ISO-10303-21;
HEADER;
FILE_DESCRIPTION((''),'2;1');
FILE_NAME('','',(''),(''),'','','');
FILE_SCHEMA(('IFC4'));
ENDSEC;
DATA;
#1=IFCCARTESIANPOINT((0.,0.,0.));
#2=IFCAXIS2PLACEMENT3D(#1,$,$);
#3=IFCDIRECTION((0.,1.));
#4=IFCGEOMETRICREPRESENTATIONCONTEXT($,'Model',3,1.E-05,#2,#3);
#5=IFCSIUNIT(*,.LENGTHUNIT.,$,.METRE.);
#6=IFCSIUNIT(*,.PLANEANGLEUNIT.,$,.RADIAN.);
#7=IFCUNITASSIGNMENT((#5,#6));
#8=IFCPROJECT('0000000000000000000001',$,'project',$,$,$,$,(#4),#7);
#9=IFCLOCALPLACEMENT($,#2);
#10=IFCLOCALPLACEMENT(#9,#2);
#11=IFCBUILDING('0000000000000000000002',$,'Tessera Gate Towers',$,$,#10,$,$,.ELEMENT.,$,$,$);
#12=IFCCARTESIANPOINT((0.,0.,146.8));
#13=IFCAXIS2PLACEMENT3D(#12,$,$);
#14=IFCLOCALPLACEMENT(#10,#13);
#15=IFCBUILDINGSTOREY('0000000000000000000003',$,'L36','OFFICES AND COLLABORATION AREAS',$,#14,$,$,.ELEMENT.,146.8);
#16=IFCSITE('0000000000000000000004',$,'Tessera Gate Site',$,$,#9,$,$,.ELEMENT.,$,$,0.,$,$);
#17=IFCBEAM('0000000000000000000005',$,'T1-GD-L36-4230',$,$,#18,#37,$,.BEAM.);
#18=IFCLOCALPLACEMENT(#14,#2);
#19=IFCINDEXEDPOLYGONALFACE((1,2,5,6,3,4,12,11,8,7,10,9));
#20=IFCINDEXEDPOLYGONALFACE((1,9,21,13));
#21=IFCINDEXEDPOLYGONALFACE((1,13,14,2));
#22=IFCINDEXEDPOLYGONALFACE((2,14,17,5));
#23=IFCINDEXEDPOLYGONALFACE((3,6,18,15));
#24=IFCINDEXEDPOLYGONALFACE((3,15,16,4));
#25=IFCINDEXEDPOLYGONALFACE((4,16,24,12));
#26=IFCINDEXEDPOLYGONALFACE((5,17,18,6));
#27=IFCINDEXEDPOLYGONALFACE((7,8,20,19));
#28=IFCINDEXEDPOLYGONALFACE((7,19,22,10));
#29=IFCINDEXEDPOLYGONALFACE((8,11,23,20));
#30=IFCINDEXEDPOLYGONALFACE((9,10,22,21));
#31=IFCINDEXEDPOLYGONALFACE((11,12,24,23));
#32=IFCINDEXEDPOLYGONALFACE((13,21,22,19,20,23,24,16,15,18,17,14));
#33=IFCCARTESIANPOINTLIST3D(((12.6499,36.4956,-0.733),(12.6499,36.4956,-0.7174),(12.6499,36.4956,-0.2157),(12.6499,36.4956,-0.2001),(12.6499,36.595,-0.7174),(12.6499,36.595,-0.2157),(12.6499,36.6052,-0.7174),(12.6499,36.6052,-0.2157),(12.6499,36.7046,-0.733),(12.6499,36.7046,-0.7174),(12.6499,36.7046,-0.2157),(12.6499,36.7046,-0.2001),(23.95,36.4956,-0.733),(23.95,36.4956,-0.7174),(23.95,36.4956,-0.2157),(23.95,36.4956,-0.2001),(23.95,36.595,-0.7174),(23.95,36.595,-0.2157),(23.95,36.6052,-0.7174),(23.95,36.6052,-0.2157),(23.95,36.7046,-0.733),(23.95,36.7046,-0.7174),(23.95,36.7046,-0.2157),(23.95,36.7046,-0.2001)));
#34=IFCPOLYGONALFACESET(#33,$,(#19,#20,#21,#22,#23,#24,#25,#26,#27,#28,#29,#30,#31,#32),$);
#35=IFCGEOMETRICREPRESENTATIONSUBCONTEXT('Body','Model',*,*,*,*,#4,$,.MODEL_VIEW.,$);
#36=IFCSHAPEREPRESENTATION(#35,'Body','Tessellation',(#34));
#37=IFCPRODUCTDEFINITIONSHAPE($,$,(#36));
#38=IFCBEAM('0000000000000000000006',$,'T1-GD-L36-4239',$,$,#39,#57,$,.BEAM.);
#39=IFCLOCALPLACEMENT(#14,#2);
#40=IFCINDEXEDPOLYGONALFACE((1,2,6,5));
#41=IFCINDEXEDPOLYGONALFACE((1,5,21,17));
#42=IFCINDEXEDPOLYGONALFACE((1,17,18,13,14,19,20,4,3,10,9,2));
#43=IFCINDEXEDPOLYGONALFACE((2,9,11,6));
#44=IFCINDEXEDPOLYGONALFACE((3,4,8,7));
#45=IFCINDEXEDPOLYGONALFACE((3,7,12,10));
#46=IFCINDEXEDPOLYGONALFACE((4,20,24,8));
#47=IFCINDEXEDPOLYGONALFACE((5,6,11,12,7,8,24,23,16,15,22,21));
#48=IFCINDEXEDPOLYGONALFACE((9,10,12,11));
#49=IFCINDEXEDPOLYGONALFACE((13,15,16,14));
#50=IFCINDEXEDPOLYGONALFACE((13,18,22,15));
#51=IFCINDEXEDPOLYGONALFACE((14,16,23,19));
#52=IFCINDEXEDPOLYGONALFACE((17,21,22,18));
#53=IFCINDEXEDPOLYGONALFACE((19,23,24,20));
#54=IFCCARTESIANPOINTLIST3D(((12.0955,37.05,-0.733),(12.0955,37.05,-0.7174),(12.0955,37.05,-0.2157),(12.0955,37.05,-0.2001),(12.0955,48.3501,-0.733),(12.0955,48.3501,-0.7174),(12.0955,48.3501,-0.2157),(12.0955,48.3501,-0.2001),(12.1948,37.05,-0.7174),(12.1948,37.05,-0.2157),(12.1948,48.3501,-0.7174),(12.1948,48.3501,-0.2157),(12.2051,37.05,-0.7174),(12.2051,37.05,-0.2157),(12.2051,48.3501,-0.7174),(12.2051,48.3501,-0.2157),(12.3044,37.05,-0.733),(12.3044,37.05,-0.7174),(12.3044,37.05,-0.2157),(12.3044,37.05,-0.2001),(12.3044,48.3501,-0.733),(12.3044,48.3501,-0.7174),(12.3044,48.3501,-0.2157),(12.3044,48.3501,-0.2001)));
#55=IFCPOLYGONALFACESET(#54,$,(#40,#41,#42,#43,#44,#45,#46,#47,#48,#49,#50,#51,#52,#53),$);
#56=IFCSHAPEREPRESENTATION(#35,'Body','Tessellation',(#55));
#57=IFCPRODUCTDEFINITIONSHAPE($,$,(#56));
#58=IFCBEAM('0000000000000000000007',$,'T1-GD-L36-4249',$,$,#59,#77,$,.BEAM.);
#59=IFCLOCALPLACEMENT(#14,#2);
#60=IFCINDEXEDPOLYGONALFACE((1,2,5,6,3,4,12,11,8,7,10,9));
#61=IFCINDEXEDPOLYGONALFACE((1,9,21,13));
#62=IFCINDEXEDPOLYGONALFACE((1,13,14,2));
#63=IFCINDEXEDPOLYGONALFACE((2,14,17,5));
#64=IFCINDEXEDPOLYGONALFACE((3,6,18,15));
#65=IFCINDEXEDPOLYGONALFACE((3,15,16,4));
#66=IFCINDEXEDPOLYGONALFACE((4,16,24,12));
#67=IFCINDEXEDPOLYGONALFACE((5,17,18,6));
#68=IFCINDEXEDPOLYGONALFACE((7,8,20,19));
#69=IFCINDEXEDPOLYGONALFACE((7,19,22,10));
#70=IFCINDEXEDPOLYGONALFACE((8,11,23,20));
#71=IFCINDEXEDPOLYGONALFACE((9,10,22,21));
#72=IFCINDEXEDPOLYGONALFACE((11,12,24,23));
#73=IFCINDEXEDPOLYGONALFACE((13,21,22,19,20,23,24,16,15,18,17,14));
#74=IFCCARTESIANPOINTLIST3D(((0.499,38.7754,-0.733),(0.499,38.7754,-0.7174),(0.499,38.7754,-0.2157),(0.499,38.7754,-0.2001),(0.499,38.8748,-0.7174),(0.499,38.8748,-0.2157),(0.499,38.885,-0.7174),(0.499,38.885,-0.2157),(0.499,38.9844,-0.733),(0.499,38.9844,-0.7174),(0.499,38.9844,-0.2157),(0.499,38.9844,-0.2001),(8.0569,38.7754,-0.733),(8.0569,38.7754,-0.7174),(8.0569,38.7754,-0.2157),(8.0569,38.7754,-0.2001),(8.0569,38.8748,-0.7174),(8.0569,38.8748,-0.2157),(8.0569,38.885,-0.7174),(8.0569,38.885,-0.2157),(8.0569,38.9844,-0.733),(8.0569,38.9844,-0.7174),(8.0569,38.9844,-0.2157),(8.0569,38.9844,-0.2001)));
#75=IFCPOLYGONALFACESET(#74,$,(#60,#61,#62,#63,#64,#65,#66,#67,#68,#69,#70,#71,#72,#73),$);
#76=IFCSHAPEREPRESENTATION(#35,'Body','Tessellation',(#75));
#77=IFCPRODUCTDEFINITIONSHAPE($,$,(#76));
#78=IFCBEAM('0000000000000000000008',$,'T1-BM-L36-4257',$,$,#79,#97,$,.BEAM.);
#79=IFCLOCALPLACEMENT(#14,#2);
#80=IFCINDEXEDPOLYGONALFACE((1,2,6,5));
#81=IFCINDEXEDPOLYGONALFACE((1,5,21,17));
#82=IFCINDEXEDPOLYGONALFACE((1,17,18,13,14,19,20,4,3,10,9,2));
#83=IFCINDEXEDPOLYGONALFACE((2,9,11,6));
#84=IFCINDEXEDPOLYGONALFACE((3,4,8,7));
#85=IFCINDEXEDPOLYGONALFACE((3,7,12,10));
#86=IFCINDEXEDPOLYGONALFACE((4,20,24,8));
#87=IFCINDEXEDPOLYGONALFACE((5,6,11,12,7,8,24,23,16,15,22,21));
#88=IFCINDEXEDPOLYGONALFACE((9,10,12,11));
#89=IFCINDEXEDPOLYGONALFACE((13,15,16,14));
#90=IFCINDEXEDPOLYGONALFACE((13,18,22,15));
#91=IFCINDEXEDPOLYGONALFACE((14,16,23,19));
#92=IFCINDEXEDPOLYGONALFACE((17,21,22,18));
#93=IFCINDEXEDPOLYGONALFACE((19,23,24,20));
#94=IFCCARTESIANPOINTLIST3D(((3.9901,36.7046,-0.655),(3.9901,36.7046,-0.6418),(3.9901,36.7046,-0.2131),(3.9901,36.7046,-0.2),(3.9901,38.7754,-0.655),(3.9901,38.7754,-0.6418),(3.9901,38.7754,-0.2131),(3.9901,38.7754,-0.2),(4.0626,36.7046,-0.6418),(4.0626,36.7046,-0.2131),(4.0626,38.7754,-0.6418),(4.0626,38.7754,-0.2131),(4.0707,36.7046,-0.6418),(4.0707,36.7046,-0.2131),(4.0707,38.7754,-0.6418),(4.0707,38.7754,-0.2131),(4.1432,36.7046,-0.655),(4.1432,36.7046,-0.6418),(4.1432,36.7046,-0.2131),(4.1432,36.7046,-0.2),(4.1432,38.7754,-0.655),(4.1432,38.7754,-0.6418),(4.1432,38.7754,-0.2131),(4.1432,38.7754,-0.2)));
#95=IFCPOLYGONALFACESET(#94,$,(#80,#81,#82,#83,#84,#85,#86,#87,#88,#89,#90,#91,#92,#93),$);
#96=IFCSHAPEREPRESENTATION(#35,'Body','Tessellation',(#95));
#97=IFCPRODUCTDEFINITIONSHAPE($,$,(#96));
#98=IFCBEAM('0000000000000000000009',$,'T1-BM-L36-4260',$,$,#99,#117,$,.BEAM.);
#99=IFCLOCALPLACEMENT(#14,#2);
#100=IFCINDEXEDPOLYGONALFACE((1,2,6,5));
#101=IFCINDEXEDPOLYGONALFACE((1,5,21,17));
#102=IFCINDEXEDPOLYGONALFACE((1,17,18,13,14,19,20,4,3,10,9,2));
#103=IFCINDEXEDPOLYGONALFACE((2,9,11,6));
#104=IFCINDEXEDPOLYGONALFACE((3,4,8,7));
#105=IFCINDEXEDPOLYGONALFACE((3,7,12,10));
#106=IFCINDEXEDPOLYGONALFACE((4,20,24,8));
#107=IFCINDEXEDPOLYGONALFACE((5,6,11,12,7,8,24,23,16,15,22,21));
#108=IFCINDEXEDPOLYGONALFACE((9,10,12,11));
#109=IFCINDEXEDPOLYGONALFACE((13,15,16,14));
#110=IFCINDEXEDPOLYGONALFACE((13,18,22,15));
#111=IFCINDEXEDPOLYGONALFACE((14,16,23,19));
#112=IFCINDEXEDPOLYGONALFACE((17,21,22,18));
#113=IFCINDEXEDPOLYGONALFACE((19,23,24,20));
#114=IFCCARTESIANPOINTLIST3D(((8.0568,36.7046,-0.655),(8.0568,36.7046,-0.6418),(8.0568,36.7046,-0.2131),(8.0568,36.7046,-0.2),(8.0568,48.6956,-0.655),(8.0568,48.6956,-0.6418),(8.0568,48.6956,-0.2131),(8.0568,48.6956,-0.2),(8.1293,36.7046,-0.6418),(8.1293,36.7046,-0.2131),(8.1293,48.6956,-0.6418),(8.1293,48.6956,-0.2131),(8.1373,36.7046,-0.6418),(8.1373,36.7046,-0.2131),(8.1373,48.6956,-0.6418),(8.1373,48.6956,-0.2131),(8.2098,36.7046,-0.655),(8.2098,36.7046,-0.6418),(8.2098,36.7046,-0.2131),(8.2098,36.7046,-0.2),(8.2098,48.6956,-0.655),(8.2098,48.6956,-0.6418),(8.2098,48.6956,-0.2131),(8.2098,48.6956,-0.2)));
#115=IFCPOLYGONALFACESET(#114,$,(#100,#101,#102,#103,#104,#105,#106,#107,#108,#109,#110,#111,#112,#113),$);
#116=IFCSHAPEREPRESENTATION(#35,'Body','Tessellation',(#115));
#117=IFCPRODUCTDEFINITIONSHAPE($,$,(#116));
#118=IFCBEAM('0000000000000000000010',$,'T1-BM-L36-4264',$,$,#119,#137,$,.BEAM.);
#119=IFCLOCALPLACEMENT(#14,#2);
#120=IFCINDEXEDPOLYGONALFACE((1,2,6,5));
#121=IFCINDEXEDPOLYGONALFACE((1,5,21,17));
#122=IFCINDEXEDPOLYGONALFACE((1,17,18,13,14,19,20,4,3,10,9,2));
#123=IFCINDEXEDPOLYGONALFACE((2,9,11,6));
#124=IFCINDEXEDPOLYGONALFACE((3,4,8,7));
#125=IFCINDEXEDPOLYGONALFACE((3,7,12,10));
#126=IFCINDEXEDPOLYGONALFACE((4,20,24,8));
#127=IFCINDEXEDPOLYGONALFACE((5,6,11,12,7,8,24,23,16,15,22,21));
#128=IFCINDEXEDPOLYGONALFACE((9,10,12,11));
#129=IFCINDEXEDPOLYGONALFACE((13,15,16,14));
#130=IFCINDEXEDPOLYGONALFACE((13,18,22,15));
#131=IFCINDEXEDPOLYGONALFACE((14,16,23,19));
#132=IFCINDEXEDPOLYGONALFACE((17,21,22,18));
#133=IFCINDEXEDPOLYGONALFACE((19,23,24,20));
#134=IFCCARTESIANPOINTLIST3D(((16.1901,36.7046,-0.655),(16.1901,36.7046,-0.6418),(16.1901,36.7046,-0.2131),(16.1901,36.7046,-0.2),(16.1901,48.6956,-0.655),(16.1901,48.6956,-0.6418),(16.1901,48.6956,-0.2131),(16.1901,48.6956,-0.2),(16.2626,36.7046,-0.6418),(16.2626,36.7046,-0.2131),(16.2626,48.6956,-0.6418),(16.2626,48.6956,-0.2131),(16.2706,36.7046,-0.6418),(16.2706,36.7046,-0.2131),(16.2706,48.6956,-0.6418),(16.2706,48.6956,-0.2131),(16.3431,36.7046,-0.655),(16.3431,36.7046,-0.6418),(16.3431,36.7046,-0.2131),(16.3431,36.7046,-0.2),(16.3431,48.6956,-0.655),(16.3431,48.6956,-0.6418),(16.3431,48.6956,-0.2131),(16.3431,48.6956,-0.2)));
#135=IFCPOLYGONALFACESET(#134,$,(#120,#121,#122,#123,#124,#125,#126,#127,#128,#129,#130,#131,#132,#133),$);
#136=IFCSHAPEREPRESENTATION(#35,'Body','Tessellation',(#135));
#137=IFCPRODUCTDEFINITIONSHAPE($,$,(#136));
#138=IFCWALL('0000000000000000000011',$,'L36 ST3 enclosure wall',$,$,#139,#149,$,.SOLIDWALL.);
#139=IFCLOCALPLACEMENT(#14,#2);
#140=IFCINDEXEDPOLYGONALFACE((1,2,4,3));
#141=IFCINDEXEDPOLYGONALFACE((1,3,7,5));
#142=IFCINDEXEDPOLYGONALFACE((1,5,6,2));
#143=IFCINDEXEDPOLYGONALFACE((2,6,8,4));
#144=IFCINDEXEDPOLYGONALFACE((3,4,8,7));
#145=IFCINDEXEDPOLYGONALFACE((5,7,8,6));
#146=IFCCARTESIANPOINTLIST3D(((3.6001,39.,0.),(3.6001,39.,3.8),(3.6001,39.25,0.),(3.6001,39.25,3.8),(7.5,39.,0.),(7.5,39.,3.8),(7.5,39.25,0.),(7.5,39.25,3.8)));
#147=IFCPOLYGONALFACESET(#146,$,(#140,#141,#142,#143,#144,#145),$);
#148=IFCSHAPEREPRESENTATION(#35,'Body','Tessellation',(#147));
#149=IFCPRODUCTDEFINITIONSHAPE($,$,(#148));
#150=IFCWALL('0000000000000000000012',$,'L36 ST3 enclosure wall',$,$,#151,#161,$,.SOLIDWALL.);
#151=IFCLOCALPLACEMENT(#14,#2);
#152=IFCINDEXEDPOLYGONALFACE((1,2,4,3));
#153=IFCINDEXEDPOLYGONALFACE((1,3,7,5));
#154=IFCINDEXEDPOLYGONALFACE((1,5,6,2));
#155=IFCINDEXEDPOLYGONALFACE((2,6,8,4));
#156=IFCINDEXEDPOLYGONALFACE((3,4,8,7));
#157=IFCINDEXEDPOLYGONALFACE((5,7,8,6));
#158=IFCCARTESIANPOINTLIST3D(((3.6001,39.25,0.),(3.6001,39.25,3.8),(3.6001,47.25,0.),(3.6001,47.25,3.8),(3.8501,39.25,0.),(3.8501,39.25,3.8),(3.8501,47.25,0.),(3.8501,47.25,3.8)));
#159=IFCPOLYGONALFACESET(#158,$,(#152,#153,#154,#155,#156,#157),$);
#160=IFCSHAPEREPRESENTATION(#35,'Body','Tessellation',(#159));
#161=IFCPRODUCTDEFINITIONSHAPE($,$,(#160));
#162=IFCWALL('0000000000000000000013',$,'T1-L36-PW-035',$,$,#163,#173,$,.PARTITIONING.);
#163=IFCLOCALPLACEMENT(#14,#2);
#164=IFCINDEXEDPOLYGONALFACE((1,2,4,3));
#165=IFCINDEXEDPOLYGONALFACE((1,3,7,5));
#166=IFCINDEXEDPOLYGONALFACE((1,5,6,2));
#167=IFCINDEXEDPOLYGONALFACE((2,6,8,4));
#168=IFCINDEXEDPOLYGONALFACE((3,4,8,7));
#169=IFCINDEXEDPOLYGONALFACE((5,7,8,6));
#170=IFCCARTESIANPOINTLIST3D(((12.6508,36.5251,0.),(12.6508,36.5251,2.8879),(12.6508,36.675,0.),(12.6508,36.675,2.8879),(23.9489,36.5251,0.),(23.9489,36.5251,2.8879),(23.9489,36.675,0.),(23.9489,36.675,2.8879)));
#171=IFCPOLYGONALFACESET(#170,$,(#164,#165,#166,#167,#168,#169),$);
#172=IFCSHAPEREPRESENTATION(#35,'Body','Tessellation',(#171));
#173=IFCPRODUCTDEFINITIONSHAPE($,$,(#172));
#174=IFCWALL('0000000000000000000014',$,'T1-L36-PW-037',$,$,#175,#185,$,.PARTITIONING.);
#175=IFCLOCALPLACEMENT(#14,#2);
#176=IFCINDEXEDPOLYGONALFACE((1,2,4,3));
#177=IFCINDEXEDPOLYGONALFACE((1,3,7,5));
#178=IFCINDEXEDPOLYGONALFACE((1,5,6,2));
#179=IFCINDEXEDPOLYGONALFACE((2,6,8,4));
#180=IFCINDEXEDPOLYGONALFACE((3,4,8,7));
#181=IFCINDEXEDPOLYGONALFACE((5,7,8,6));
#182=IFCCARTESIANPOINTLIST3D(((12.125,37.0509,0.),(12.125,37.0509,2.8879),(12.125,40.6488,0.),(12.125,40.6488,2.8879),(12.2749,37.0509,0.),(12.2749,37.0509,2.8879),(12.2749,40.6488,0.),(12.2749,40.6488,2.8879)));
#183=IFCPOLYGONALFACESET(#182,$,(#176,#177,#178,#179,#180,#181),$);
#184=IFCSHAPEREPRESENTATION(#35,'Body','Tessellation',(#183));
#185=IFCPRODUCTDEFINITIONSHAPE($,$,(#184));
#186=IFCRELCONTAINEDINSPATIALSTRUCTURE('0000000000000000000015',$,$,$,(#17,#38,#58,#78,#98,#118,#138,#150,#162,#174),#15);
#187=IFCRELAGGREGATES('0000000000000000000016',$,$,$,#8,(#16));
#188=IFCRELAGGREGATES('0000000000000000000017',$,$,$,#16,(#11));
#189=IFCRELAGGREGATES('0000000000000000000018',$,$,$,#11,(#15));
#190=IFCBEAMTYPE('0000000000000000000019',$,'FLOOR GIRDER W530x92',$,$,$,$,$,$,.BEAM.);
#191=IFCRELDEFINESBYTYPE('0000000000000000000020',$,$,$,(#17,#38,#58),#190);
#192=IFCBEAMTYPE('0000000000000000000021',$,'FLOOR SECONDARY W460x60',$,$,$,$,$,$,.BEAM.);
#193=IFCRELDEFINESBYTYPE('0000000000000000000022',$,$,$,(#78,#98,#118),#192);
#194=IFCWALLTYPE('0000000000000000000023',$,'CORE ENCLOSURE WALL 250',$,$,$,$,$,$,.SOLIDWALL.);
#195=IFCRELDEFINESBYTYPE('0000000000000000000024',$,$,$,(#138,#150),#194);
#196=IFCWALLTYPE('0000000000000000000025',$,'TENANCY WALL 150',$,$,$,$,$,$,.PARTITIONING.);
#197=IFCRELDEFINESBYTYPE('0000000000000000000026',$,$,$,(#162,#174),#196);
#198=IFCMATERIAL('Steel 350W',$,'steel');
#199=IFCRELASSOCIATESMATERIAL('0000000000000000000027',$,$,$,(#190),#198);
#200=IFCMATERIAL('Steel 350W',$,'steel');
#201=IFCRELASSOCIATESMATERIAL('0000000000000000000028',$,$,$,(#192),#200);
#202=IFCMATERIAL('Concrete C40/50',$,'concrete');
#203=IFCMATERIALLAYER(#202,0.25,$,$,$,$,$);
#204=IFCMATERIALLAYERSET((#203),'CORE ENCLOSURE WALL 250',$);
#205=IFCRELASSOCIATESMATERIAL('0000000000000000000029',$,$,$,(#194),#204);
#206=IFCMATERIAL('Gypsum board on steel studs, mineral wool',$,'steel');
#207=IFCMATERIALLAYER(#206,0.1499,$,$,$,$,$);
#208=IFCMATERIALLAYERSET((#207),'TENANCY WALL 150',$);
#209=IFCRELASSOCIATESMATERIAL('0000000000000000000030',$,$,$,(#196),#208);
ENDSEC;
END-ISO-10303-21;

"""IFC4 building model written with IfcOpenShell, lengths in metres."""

from ifc_helpers import new_model, si_unit, direction, frame, frame_2d, origin, origin_2d, place, context, subcontext, project, spatial, rectangle, i_section, extrude, material, layer, layer_set, material_profile, profile_set, type_object, element, save


model = new_model("IFC4")

# Units and contexts
model_context = context("Model", 3, precision=1e-05, world=origin(), true_north=direction((0.0, 1.0)))
body_context = subcontext(model_context, "Body", "Model", "MODEL_VIEW")
ifc_project = project(units=[si_unit("LENGTHUNIT", "METRE"), si_unit("PLANEANGLEUNIT", "RADIAN")], contexts=[model_context])

# Site, building, storey
site_placement = place(None, origin())
site = spatial("IfcSite", under=ifc_project, at=site_placement, Name="Tessera Gate Site", CompositionType="ELEMENT", RefElevation=0.0)
building_placement = place(site_placement, origin())
building = spatial("IfcBuilding", under=site, at=building_placement, Name="Tessera Gate Towers", CompositionType="ELEMENT")
storey_placement = place(building_placement, frame((0.0, 0.0, 146.8)))
storey = spatial("IfcBuildingStorey", under=building, at=storey_placement, Name="L36", Description="OFFICES AND COLLABORATION AREAS", CompositionType="ELEMENT", Elevation=146.8)

# Beams
ifc_material_1 = material(Name="Steel 350W", Category="steel")
ifc_material_profile_1 = material_profile(ifc_material_1, i_section(OverallWidth=0.209, OverallDepth=0.533, WebThickness=0.0103, FlangeThickness=0.0156, at=origin_2d()), Name="W530x92")
ifc_profile_set_1 = profile_set([ifc_material_profile_1], Name="Steel 350W")
beam_type_1 = type_object("IfcBeamType", Name="FLOOR GIRDER W530x92", PredefinedType="BEAM", material=ifc_profile_set_1)
for number, where, z_axis, x_axis, name in (
    (1, (12.6499, 36.6001, -0.4666), (1.0, 0.0, 0.0), (0.0, 1.0, 0.0), "T1-GD-L36-4230"),
    (2, (12.2, 37.05, -0.4666), (0.0, 1.0, 0.0), (-1.0, 0.0, 0.0), "T1-GD-L36-4239"),
):
    element("IfcBeam", number, at=place(storey_placement, frame(where, z_axis=z_axis, x_axis=x_axis)), inside=storey, type_object=beam_type_1, Name=name, PredefinedType="BEAM", context=body_context, shape_type="SweptSolid", body=[
        extrude(i_section(OverallWidth=0.209, OverallDepth=0.533, WebThickness=0.0103, FlangeThickness=0.0156, at=origin_2d()), origin(), (0.0, 0.0, 1.0), 11.3),
    ])
beam_1_placement = place(storey_placement, frame((0.499, 38.8799, -0.4666), z_axis=(1.0, 0.0, 0.0), x_axis=(0.0, 1.0, 0.0)))
element("IfcBeam", 3, at=beam_1_placement, inside=storey, type_object=beam_type_1, Name="T1-GD-L36-4249", PredefinedType="BEAM", context=body_context, shape_type="SweptSolid", body=[
    extrude(i_section(OverallWidth=0.209, OverallDepth=0.533, WebThickness=0.0103, FlangeThickness=0.0156, at=origin_2d()), origin(), (0.0, 0.0, 1.0), 7.5579),
])
ifc_material_2 = material(Name="Steel 350W", Category="steel")
ifc_material_profile_2 = material_profile(ifc_material_2, i_section(OverallWidth=0.1531, OverallDepth=0.4551, WebThickness=0.0081, FlangeThickness=0.0132, at=origin_2d()), Name="W460x60")
ifc_profile_set_2 = profile_set([ifc_material_profile_2], Name="Steel 350W")
beam_type_2 = type_object("IfcBeamType", Name="FLOOR SECONDARY W460x60", PredefinedType="BEAM", material=ifc_profile_set_2)
beam_2_placement = place(storey_placement, frame((4.0667, 36.7046, -0.4275), z_axis=(0.0, 1.0, 0.0), x_axis=(-1.0, 0.0, 0.0)))
element("IfcBeam", 4, at=beam_2_placement, inside=storey, type_object=beam_type_2, Name="T1-BM-L36-4257", PredefinedType="BEAM", context=body_context, shape_type="SweptSolid", body=[
    extrude(i_section(OverallWidth=0.1531, OverallDepth=0.4551, WebThickness=0.0081, FlangeThickness=0.0132, at=origin_2d()), origin(), (0.0, 0.0, 1.0), 2.0708),
])
for number, where, z_axis, x_axis, name in (
    (5, (8.1333, 36.7046, -0.4275), (0.0, 1.0, 0.0), (-1.0, 0.0, 0.0), "T1-BM-L36-4260"),
    (6, (16.2666, 36.7046, -0.4275), (0.0, 1.0, 0.0), (-1.0, 0.0, 0.0), "T1-BM-L36-4264"),
):
    element("IfcBeam", number, at=place(storey_placement, frame(where, z_axis=z_axis, x_axis=x_axis)), inside=storey, type_object=beam_type_2, Name=name, PredefinedType="BEAM", context=body_context, shape_type="SweptSolid", body=[
        extrude(i_section(OverallWidth=0.1531, OverallDepth=0.4551, WebThickness=0.0081, FlangeThickness=0.0132, at=origin_2d()), origin(), (0.0, 0.0, 1.0), 11.991),
    ])

# Walls
ifc_material_3 = material(Name="Concrete C40/50", Category="concrete")
ifc_layer_1 = layer(ifc_material_3, 0.25)
ifc_layer_set_1 = layer_set([ifc_layer_1], Name="CORE ENCLOSURE WALL 250")
wall_type_1 = type_object("IfcWallType", Name="CORE ENCLOSURE WALL 250", PredefinedType="SOLIDWALL", material=ifc_layer_set_1)
wall_1_placement = place(storey_placement, frame((7.5, 39.125, 0.0), z_axis=(0.0, 0.0, 1.0), x_axis=(-1.0, 0.0, 0.0)))
element("IfcWall", 7, at=wall_1_placement, inside=storey, type_object=wall_type_1, Name="L36 ST3 enclosure wall", PredefinedType="SOLIDWALL", context=body_context, shape_type="SweptSolid", body=[
    extrude(rectangle(XDim=3.8999, YDim=0.25, at=frame_2d((1.95, 0.0))), origin(), (0.0, 0.0, 1.0), 3.8),
])
wall_2_placement = place(storey_placement, frame((3.7251, 39.25, 0.0), z_axis=(0.0, 0.0, 1.0), x_axis=(0.0, 1.0, 0.0)))
element("IfcWall", 8, at=wall_2_placement, inside=storey, type_object=wall_type_1, Name="L36 ST3 enclosure wall", PredefinedType="SOLIDWALL", context=body_context, shape_type="SweptSolid", body=[
    extrude(rectangle(XDim=8.0, YDim=0.25, at=frame_2d((4.0, 0.0))), origin(), (0.0, 0.0, 1.0), 3.8),
])
ifc_material_4 = material(Name="Gypsum board on steel studs, mineral wool", Category="steel")
ifc_layer_2 = layer(ifc_material_4, 0.1499)
ifc_layer_set_2 = layer_set([ifc_layer_2], Name="TENANCY WALL 150")
wall_type_2 = type_object("IfcWallType", Name="TENANCY WALL 150", PredefinedType="PARTITIONING", material=ifc_layer_set_2)
wall_3_placement = place(storey_placement, frame((12.6509, 36.6001, 0.0), z_axis=(0.0, 0.0, 1.0), x_axis=(1.0, 0.0, 0.0)))
element("IfcWall", 9, at=wall_3_placement, inside=storey, type_object=wall_type_2, Name="T1-L36-PW-035", PredefinedType="PARTITIONING", context=body_context, shape_type="SweptSolid", body=[
    extrude(rectangle(XDim=11.2981, YDim=0.1499, at=frame_2d((5.6489, 0.0))), origin(), (0.0, 0.0, 1.0), 2.8879),
])
wall_4_placement = place(storey_placement, frame((12.2, 37.051, 0.0), z_axis=(0.0, 0.0, 1.0), x_axis=(0.0, 1.0, 0.0)))
element("IfcWall", 10, at=wall_4_placement, inside=storey, type_object=wall_type_2, Name="T1-L36-PW-037", PredefinedType="PARTITIONING", context=body_context, shape_type="SweptSolid", body=[
    extrude(rectangle(XDim=3.5979, YDim=0.1499, at=frame_2d((1.7988, 0.0))), origin(), (0.0, 0.0, 1.0), 2.8879),
])

save(model, "model.ifc")
